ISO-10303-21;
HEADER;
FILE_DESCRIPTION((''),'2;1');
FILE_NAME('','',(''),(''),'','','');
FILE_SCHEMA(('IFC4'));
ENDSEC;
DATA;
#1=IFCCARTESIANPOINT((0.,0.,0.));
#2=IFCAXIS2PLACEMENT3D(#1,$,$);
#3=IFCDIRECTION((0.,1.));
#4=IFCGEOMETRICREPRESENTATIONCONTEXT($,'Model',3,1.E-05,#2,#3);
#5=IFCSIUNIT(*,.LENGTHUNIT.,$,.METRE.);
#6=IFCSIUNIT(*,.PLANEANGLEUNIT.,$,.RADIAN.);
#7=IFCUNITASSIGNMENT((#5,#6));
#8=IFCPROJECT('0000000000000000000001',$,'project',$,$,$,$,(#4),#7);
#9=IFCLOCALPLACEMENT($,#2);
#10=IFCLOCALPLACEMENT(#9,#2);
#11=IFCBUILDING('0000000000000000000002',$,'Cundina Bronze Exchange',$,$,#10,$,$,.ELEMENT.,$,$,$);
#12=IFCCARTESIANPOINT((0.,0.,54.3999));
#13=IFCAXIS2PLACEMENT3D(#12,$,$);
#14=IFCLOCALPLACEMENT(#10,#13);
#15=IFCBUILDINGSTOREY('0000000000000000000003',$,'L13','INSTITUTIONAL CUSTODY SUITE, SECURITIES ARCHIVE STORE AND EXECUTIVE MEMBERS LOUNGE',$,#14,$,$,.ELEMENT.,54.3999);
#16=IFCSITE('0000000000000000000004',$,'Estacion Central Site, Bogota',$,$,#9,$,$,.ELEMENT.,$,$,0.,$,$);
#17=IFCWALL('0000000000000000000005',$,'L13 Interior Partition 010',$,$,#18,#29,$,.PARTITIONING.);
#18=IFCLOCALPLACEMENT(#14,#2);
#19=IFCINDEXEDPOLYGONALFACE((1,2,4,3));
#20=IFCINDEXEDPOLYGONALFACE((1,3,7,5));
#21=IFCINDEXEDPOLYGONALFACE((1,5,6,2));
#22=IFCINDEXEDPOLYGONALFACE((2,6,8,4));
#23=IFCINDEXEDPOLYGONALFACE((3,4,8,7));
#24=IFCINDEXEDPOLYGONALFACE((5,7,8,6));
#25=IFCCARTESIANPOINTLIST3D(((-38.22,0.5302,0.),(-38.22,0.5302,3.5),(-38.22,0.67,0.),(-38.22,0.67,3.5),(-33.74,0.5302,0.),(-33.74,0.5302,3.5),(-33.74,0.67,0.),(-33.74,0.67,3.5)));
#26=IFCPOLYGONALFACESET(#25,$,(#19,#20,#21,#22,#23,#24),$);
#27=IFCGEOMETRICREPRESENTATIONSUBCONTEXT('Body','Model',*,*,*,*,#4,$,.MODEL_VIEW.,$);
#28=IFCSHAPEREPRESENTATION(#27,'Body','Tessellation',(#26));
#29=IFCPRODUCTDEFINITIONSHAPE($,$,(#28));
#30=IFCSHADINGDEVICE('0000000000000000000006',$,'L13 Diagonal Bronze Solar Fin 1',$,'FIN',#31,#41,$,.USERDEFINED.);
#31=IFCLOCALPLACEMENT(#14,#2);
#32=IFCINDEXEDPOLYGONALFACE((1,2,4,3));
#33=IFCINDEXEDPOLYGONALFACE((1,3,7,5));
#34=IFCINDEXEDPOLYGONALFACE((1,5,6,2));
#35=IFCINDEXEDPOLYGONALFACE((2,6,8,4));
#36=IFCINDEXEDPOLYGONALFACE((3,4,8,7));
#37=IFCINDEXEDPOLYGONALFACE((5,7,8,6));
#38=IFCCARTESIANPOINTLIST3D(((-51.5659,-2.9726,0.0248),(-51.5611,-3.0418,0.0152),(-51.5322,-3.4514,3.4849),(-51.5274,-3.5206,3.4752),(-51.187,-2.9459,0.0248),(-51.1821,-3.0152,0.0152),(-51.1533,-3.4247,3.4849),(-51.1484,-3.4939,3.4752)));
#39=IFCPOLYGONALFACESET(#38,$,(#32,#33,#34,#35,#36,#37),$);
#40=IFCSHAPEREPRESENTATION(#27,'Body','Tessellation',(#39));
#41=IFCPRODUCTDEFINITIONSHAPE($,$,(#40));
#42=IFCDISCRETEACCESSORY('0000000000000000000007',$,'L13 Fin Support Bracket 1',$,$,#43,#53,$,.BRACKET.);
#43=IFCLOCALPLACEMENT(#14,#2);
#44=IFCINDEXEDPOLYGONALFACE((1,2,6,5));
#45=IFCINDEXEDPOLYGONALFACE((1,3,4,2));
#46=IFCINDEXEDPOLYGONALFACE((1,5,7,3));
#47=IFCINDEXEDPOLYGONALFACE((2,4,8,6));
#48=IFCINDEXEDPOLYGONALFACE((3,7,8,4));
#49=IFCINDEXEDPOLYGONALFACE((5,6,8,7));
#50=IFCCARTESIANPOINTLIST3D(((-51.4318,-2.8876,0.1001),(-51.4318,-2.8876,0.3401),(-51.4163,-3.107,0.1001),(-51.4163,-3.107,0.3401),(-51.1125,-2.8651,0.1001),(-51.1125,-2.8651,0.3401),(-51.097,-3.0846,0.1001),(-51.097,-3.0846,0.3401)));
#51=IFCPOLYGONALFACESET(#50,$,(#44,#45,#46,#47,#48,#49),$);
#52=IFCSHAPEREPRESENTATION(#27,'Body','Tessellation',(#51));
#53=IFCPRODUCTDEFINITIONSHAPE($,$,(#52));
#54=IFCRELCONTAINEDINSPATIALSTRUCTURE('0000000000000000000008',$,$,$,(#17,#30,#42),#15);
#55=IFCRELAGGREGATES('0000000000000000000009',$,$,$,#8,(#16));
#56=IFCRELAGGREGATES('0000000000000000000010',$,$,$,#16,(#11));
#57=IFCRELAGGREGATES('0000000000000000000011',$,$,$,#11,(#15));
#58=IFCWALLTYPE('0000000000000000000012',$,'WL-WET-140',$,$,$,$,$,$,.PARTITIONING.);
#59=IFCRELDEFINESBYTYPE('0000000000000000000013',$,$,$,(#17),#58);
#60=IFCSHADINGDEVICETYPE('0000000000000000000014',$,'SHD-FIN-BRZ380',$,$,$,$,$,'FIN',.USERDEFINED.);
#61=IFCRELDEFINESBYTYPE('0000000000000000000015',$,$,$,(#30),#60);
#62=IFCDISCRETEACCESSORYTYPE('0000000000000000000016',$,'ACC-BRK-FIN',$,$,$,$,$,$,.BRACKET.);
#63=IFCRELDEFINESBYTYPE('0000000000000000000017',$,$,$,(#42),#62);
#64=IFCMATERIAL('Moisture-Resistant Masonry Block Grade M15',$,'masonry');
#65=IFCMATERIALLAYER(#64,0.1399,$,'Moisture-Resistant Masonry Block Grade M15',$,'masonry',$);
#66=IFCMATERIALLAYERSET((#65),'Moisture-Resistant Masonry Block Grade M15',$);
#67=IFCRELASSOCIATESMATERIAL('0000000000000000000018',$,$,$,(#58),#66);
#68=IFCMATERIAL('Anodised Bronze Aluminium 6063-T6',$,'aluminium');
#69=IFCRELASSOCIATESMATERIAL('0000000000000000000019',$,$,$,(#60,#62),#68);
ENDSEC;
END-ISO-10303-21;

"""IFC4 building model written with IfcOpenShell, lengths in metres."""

from ifc_helpers import new_model, si_unit, direction, frame, frame_2d, origin, origin_2d, place, context, subcontext, project, spatial, rectangle, extrude, material, layer, layer_set, material_profile, profile_set, type_object, element, save


model = new_model("IFC4")

# Units and contexts
model_context = context("Model", 3, precision=1e-05, world=origin(), true_north=direction((0.0, 1.0)))
body_context = subcontext(model_context, "Body", "Model", "MODEL_VIEW")
ifc_project = project(units=[si_unit("LENGTHUNIT", "METRE"), si_unit("PLANEANGLEUNIT", "RADIAN")], contexts=[model_context])

# Site, building, storey
site_placement = place(None, origin())
site = spatial("IfcSite", under=ifc_project, at=site_placement, Name="Estacion Central Site, Bogota", CompositionType="ELEMENT", RefElevation=0.0)
building_placement = place(site_placement, origin())
building = spatial("IfcBuilding", under=site, at=building_placement, Name="Cundina Bronze Exchange", CompositionType="ELEMENT")
storey_placement = place(building_placement, frame((0.0, 0.0, 54.3999)))
storey = spatial("IfcBuildingStorey", under=building, at=storey_placement, Name="L13", Description="INSTITUTIONAL CUSTODY SUITE, SECURITIES ARCHIVE STORE AND EXECUTIVE MEMBERS LOUNGE", CompositionType="ELEMENT", Elevation=54.3999)

# Shared definitions
ifc_material_1 = material(Name="Anodised Bronze Aluminium 6063-T6", Category="aluminium")

# Wall
ifc_material_2 = material(Name="Moisture-Resistant Masonry Block Grade M15", Category="masonry")
ifc_layer_1 = layer(ifc_material_2, 0.1399, Name="Moisture-Resistant Masonry Block Grade M15", Category="masonry")
ifc_layer_set_1 = layer_set([ifc_layer_1], Name="Moisture-Resistant Masonry Block Grade M15")
wall_type_1 = type_object("IfcWallType", Name="WL-WET-140", PredefinedType="PARTITIONING", material=ifc_layer_set_1)
wall_1_placement = place(storey_placement, frame((-38.22, 0.6001, 0.0), z_axis=(0.0, 0.0, 1.0), x_axis=(1.0, 0.0, 0.0)))
element("IfcWall", 1, at=wall_1_placement, inside=storey, type_object=wall_type_1, Name="L13 Interior Partition 010", PredefinedType="PARTITIONING", context=body_context, shape_type="SweptSolid", body=[
    extrude(rectangle(XDim=4.48, YDim=0.1399, at=frame_2d((2.24, 0.0))), origin(), (0.0, 0.0, 1.0), 3.5),
])

# Shading device
ifc_material_profile_1 = material_profile(ifc_material_1, rectangle(XDim=0.0701, YDim=0.3799, at=origin_2d()), Name="FIN70X380", Category="aluminium")
ifc_profile_set_1 = profile_set([ifc_material_profile_1], Name="Anodised Bronze Aluminium 6063-T6")
shading_device_type = type_object("IfcShadingDeviceType", Name="SHD-FIN-BRZ380", ElementType="FIN", PredefinedType="USERDEFINED", material=ifc_profile_set_1)
shading_device_placement = place(storey_placement, frame((-51.374, -2.9939, 0.02), z_axis=(0.009645, -0.137059, 0.990516), x_axis=(-0.069533, 0.988072, 0.137398)))
element("IfcShadingDevice", 2, at=shading_device_placement, inside=storey, type_object=shading_device_type, Name="L13 Diagonal Bronze Solar Fin 1", ObjectType="FIN", PredefinedType="USERDEFINED", context=body_context, shape_type="SweptSolid", body=[
    extrude(rectangle(XDim=0.0701, YDim=0.3799, at=origin_2d()), origin(), (0.0, 0.0, 1.0), 3.4932),
])

# Discrete accessory
discrete_accessory_type = type_object("IfcDiscreteAccessoryType", Name="ACC-BRK-FIN", PredefinedType="BRACKET", material=ifc_material_1)
discrete_accessory_placement = place(storey_placement, frame((-51.2644, -2.9861, 0.1001), z_axis=(0.0, 0.0, 1.0), x_axis=(0.070279, -0.997527, 0.0)))
element("IfcDiscreteAccessory", 3, at=discrete_accessory_placement, inside=storey, type_object=discrete_accessory_type, Name="L13 Fin Support Bracket 1", PredefinedType="BRACKET", context=body_context, shape_type="SweptSolid", body=[
    extrude(rectangle(XDim=0.22, YDim=0.3201, at=origin_2d()), origin(), (0.0, 0.0, 1.0), 0.24),
])

save(model, "model.ifc")
